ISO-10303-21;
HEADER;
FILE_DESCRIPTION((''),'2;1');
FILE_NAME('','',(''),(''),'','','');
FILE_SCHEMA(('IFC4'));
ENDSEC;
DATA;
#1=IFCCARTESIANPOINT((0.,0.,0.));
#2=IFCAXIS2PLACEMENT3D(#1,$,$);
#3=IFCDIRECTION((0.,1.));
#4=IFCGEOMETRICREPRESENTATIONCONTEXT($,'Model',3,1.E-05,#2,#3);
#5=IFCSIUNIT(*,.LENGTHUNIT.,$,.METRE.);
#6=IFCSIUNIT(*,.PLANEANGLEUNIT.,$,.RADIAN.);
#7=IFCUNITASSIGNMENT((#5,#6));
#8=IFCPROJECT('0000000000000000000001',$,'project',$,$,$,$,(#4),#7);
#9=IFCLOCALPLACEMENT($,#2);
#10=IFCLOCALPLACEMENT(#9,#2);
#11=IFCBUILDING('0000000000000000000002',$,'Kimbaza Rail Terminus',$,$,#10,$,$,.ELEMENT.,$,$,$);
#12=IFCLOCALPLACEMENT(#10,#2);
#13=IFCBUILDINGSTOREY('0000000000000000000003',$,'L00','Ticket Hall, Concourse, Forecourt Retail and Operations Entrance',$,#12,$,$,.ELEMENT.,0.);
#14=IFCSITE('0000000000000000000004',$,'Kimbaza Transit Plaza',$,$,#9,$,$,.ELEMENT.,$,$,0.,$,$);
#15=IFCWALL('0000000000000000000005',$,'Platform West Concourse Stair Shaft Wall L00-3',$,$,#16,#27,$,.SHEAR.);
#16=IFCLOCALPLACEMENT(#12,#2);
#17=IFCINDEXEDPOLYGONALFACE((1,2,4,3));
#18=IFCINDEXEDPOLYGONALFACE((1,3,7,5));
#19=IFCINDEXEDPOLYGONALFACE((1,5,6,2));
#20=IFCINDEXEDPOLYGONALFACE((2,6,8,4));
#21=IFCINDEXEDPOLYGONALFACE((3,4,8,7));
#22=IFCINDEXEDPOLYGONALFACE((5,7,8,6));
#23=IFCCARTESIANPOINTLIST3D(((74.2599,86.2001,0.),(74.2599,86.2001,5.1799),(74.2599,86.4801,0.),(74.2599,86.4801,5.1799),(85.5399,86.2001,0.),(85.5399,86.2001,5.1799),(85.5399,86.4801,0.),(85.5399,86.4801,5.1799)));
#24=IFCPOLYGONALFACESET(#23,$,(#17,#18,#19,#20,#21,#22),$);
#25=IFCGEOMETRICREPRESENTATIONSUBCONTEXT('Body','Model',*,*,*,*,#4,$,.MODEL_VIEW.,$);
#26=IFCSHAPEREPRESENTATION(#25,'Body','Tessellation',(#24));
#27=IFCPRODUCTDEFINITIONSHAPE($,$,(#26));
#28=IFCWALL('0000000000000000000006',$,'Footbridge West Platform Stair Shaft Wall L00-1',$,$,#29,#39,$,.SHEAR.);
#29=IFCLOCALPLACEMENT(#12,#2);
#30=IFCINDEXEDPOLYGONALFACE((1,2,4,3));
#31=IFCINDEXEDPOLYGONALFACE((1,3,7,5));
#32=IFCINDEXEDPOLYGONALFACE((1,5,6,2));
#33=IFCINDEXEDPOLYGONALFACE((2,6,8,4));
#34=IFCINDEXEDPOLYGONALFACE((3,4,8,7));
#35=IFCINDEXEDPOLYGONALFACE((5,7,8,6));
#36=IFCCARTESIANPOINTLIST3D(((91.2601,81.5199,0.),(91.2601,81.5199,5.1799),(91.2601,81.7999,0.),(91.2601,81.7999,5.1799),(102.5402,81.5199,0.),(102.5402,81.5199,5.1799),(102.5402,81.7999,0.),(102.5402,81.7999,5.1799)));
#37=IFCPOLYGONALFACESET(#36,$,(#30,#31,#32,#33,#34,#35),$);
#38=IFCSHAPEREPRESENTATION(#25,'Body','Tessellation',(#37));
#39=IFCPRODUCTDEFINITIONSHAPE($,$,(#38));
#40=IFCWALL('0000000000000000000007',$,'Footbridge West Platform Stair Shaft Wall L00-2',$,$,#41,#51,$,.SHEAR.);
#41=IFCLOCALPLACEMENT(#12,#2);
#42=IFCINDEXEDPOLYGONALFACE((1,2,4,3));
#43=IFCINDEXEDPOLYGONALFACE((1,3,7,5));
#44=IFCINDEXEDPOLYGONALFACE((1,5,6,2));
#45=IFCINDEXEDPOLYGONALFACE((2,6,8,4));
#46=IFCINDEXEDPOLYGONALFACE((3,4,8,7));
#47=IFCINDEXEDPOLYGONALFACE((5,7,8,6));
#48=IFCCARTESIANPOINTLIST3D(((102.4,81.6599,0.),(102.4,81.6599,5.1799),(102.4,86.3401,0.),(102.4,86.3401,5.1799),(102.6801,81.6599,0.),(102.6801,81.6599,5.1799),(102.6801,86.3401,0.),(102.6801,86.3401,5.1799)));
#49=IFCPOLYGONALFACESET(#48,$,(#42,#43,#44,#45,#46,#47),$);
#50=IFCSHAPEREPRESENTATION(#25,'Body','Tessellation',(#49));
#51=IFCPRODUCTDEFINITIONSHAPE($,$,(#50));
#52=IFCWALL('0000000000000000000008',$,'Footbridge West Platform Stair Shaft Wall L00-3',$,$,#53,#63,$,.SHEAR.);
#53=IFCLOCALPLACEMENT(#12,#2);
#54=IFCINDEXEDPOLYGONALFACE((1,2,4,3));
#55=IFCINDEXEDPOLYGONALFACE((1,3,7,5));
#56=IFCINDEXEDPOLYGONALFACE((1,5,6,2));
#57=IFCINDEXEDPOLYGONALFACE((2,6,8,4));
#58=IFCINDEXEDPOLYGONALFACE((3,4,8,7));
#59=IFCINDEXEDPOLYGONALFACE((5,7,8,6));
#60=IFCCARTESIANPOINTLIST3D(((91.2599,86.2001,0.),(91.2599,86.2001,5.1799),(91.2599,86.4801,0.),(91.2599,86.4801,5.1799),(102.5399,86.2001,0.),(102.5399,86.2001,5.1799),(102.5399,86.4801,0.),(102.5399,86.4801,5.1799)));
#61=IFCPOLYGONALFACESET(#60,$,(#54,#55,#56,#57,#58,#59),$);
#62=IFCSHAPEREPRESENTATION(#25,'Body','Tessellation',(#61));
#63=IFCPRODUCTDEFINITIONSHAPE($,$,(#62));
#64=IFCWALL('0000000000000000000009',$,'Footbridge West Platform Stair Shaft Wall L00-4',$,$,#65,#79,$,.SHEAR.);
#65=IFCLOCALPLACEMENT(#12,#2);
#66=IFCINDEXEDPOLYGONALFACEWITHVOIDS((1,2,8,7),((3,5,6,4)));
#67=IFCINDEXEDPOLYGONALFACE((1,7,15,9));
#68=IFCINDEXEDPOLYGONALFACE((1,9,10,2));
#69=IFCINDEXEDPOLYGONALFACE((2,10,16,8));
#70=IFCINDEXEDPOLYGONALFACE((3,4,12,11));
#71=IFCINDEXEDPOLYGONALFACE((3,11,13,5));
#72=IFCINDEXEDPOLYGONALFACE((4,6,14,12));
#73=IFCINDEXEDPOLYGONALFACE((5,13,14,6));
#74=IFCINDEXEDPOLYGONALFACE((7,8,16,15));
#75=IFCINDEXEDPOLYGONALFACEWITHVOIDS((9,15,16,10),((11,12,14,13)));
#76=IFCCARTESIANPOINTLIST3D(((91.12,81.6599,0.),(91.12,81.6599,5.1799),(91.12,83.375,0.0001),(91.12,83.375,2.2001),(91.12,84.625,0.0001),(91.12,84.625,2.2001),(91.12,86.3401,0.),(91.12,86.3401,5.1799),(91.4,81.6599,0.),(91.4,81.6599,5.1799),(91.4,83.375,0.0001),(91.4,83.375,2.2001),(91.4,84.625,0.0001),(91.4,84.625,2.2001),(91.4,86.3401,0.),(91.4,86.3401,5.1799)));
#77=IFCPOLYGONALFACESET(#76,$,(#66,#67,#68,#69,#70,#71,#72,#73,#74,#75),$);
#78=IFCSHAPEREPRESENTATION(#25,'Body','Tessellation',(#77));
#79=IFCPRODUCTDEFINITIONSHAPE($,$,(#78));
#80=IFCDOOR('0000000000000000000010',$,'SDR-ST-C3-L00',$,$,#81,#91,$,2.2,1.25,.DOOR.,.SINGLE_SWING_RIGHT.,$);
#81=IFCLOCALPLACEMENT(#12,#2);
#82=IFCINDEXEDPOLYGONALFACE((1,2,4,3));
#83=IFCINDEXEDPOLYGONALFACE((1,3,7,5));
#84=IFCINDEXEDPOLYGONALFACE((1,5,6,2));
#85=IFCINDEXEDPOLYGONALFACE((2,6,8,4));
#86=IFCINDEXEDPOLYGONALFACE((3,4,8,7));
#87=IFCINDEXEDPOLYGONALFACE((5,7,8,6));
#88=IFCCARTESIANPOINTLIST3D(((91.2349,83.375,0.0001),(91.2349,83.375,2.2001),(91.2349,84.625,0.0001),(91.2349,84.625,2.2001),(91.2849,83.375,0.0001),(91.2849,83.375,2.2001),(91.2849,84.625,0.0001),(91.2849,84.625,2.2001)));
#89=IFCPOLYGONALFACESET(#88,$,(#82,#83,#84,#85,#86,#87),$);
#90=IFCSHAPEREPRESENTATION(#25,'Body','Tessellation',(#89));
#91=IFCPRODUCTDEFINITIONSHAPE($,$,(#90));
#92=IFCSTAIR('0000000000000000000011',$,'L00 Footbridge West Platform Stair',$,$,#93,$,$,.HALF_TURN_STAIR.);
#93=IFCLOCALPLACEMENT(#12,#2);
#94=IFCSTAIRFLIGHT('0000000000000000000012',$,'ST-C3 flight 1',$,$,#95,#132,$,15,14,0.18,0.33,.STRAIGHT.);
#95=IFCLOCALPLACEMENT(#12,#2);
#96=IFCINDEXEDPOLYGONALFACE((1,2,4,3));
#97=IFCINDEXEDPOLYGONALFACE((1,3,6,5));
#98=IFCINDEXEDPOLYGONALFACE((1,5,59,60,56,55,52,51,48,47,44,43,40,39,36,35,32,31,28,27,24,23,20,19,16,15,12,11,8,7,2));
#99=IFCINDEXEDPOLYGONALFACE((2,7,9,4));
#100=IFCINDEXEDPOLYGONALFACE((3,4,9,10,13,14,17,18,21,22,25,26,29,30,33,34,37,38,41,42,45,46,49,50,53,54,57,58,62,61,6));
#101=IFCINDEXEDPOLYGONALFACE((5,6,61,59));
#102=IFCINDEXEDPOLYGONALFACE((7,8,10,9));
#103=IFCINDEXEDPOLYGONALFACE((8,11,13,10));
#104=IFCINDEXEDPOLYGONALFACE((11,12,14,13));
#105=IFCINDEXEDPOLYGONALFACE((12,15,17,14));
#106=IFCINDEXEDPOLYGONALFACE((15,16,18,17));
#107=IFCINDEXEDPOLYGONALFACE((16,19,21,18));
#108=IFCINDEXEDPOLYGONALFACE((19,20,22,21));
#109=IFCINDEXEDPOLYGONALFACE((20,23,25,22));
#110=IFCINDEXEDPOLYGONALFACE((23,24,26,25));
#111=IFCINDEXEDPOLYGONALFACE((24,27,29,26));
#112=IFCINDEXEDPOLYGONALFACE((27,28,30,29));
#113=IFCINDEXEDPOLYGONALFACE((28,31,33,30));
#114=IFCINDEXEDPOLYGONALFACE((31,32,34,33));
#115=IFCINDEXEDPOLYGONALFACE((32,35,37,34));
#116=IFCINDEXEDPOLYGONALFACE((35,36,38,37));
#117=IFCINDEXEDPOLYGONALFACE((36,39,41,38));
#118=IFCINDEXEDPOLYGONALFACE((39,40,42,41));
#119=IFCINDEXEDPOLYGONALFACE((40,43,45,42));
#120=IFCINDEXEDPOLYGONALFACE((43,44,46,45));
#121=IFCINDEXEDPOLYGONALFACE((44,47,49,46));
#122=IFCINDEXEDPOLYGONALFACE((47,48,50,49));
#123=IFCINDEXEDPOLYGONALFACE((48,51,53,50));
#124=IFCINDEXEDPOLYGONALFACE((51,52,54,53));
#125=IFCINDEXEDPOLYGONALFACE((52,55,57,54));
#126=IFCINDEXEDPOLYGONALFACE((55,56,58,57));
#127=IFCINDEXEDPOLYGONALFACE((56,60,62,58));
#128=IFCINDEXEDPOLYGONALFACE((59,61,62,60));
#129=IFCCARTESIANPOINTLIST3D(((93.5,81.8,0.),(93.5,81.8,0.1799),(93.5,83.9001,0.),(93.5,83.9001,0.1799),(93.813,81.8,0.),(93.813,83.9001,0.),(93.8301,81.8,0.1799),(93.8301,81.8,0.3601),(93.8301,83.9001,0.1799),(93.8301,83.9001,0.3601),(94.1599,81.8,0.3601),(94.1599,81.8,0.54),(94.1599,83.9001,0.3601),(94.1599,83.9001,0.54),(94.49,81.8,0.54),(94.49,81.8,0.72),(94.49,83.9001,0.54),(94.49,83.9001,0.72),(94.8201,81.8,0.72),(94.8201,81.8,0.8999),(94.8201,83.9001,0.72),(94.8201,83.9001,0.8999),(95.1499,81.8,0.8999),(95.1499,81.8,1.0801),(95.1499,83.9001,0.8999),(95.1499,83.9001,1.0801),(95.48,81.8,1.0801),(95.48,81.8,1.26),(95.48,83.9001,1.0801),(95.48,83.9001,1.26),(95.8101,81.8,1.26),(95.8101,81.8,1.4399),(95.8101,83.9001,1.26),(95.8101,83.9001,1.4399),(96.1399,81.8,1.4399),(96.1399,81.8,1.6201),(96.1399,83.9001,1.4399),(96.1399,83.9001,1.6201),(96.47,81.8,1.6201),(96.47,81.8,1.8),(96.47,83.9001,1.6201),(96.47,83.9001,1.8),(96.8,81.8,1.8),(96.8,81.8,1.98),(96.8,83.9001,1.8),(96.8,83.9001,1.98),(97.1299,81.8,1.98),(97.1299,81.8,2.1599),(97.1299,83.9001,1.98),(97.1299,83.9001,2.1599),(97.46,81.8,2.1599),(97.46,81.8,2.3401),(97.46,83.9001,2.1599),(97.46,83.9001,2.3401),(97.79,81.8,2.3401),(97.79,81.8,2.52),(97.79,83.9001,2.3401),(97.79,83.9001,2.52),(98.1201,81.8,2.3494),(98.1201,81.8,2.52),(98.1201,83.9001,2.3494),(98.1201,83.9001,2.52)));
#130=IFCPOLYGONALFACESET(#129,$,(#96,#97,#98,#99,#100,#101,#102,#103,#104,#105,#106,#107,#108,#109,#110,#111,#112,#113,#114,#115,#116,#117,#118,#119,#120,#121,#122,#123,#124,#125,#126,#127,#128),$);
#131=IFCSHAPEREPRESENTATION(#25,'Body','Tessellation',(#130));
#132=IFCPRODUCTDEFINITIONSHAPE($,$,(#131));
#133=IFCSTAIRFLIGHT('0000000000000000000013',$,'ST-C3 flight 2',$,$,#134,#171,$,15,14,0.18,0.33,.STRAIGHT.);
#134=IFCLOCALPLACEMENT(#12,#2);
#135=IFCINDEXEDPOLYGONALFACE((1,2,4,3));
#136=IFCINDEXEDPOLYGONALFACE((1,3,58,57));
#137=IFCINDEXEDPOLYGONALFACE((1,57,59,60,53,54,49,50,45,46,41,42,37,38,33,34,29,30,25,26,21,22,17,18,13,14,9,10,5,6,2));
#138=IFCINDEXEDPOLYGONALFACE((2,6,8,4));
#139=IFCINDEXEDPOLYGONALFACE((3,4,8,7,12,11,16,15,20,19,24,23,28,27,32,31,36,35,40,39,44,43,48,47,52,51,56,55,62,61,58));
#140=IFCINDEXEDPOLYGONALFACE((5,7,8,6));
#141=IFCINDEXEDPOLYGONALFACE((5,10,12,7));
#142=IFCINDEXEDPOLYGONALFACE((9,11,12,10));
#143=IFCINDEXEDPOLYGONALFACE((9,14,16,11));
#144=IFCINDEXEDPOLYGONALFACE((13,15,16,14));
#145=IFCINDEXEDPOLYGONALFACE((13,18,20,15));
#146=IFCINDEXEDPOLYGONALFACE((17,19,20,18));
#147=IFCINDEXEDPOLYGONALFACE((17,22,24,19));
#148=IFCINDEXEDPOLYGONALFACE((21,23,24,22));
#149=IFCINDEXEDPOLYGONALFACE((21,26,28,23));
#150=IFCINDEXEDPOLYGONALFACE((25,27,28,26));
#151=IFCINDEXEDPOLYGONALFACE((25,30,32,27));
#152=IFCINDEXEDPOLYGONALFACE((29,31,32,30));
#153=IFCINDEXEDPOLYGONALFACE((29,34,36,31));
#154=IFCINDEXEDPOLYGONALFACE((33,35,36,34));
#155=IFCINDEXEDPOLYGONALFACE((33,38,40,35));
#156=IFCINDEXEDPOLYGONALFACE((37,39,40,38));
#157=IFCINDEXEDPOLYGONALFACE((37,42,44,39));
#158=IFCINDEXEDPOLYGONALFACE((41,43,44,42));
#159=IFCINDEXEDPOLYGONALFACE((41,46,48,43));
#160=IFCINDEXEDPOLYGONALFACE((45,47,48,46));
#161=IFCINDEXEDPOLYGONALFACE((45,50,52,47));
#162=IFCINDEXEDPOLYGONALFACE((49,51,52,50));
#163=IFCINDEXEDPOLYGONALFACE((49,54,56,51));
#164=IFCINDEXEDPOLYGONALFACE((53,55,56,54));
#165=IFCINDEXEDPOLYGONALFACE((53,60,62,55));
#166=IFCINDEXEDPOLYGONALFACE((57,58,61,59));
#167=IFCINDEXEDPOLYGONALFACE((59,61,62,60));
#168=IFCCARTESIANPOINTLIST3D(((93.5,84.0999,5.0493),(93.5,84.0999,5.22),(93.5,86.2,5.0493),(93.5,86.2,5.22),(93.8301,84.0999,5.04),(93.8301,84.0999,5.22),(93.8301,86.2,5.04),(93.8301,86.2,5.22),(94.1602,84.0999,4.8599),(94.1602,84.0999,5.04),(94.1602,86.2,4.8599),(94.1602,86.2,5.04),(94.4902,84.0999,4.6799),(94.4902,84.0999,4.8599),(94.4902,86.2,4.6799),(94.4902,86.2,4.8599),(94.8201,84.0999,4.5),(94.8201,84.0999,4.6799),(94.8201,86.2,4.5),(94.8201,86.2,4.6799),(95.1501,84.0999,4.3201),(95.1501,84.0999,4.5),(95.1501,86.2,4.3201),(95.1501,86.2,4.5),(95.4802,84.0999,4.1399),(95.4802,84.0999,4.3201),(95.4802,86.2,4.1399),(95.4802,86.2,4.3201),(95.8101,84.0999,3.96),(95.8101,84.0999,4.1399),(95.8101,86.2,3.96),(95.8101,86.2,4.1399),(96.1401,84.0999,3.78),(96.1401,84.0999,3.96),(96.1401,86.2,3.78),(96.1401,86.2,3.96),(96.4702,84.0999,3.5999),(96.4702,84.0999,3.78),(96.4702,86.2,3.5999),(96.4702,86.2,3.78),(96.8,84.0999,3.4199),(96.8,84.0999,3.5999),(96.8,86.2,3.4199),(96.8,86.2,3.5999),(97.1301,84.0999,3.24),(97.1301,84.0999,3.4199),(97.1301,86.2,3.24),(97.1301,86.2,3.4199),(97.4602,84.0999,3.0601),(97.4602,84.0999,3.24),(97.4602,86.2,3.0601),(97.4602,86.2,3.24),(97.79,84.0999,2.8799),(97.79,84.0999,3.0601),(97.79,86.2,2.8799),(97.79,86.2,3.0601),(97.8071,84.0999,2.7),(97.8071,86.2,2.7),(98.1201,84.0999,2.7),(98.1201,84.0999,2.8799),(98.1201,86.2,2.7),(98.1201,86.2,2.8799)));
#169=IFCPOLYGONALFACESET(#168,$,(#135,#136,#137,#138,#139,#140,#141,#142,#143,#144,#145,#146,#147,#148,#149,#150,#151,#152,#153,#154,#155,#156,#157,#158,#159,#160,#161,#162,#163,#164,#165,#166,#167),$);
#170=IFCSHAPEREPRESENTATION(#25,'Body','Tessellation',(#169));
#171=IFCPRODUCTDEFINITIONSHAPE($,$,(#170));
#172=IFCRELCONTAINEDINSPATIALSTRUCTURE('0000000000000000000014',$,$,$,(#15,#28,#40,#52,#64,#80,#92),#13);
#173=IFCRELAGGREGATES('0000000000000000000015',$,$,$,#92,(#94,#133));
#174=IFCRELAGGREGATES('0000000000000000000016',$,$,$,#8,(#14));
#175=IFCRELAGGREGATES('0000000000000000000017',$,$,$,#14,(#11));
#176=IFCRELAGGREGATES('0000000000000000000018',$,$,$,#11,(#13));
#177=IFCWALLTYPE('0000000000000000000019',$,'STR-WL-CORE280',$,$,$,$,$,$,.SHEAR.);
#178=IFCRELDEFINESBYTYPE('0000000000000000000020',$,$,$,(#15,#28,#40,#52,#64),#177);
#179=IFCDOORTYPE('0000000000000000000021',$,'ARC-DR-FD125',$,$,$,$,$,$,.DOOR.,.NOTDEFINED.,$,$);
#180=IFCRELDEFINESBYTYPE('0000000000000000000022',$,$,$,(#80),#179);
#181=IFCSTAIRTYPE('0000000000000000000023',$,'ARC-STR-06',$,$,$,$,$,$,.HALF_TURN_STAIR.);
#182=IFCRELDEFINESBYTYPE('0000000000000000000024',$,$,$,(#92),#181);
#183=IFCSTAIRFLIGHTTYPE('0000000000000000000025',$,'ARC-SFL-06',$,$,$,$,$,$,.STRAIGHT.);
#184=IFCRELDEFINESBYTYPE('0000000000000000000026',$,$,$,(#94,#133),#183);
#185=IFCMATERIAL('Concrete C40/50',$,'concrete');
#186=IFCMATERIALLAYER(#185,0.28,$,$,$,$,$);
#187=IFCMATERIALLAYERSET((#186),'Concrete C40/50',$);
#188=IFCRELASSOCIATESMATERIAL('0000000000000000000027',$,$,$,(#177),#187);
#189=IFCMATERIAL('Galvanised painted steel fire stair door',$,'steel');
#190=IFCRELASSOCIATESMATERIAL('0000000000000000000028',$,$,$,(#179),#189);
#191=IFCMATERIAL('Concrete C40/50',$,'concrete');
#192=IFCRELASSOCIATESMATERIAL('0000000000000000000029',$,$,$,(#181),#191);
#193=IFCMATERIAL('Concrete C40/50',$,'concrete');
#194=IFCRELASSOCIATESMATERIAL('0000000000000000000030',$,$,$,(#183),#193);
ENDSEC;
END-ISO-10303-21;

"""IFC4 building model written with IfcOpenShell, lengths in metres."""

from ifc_helpers import new_model, si_unit, direction, frame, frame_2d, origin, place, context, subcontext, project, spatial, polyline, rectangle, outline, extrude, material, layer, layer_set, type_object, element, fill, aggregate, save


model = new_model("IFC4")

# Units and contexts
model_context = context("Model", 3, precision=1e-05, world=origin(), true_north=direction((0.0, 1.0)))
body_context = subcontext(model_context, "Body", "Model", "MODEL_VIEW")
ifc_project = project(units=[si_unit("LENGTHUNIT", "METRE"), si_unit("PLANEANGLEUNIT", "RADIAN")], contexts=[model_context])

# Site, building, storey
site_placement = place(None, origin())
site = spatial("IfcSite", under=ifc_project, at=site_placement, Name="Kimbaza Transit Plaza", CompositionType="ELEMENT", RefElevation=0.0)
building_placement = place(site_placement, origin())
building = spatial("IfcBuilding", under=site, at=building_placement, Name="Kimbaza Rail Terminus", CompositionType="ELEMENT")
storey_placement = place(building_placement, origin())
storey = spatial("IfcBuildingStorey", under=building, at=storey_placement, Name="L00", Description="Ticket Hall, Concourse, Forecourt Retail and Operations Entrance", CompositionType="ELEMENT", Elevation=0.0)

# Walls
ifc_material_1 = material(Name="Concrete C40/50", Category="concrete")
ifc_layer = layer(ifc_material_1, 0.28)
ifc_layer_set = layer_set([ifc_layer], Name="Concrete C40/50")
wall_type = type_object("IfcWallType", Name="STR-WL-CORE280", PredefinedType="SHEAR", material=ifc_layer_set)
for number, where, z_axis, x_axis, name in (
    (1, (85.54, 86.3401, 0.0), (0.0, 0.0, 1.0), (-1.0, 0.0, 0.0), "Platform West Concourse Stair Shaft Wall L00-3"),
    (2, (91.26, 81.6599, 0.0), (0.0, 0.0, 1.0), (1.0, 0.0, 0.0), "Footbridge West Platform Stair Shaft Wall L00-1"),
):
    element("IfcWall", number, at=place(storey_placement, frame(where, z_axis=z_axis, x_axis=x_axis)), inside=storey, type_object=wall_type, Name=name, PredefinedType="SHEAR", context=body_context, shape_type="SweptSolid", body=[
        extrude(rectangle(XDim=11.28, YDim=0.28, at=frame_2d((5.6401, 0.0))), origin(), (0.0, 0.0, 1.0), 5.1799),
    ])
wall_1_placement = place(storey_placement, frame((102.54, 81.6599, 0.0), z_axis=(0.0, 0.0, 1.0), x_axis=(0.0, 1.0, 0.0)))
element("IfcWall", 3, at=wall_1_placement, inside=storey, type_object=wall_type, Name="Footbridge West Platform Stair Shaft Wall L00-2", PredefinedType="SHEAR", context=body_context, shape_type="SweptSolid", body=[
    extrude(rectangle(XDim=4.6802, YDim=0.28, at=frame_2d((2.3401, 0.0))), origin(), (0.0, 0.0, 1.0), 5.1799),
])
wall_2_placement = place(storey_placement, frame((102.54, 86.3401, 0.0), z_axis=(0.0, 0.0, 1.0), x_axis=(-1.0, 0.0, 0.0)))
element("IfcWall", 4, at=wall_2_placement, inside=storey, type_object=wall_type, Name="Footbridge West Platform Stair Shaft Wall L00-3", PredefinedType="SHEAR", context=body_context, shape_type="SweptSolid", body=[
    extrude(rectangle(XDim=11.28, YDim=0.28, at=frame_2d((5.6401, 0.0))), origin(), (0.0, 0.0, 1.0), 5.1799),
])

# Wall, opening, door
wall_3_placement = place(storey_placement, frame((91.26, 86.3401, 0.0), z_axis=(0.0, 0.0, 1.0), x_axis=(0.0, -1.0, 0.0)))
wall_3 = element("IfcWall", 5, at=wall_3_placement, inside=storey, type_object=wall_type, Name="Footbridge West Platform Stair Shaft Wall L00-4", PredefinedType="SHEAR", context=body_context, shape_type="SweptSolid", body=[
    extrude(rectangle(XDim=4.6802, YDim=0.28, at=frame_2d((2.3401, 0.0))), origin(), (0.0, 0.0, 1.0), 5.1799),
])
opening_placement = place(wall_3_placement, frame((1.7151, 0.0, 0.0)))
opening = element("IfcOpeningElement", 6, at=opening_placement, cuts=wall_3, PredefinedType="OPENING", context=body_context, shape_type="SweptSolid", body=[
    extrude(rectangle(XDim=1.25, YDim=2.2, at=frame_2d((0.625, 1.1001))), frame((0.0, 0.1499, 0.0), z_axis=(0.0, -1.0, 0.0), x_axis=(1.0, 0.0, 0.0)), (0.0, 0.0, 1.0), 0.3),
])
ifc_material_2 = material(Name="Galvanised painted steel fire stair door", Category="steel")
door_type = type_object("IfcDoorType", Name="ARC-DR-FD125", OperationType="NOTDEFINED", PredefinedType="DOOR", material=ifc_material_2)
door_placement = place(opening_placement, origin())
door = element("IfcDoor", 7, at=door_placement, inside=storey, type_object=door_type, Name="SDR-ST-C3-L00", OperationType="SINGLE_SWING_RIGHT", OverallHeight=2.2, OverallWidth=1.25, PredefinedType="DOOR", context=body_context, shape_type="SweptSolid", body=[
    extrude(rectangle(XDim=1.25, YDim=2.2, at=frame_2d((0.625, 1.1001))), frame((0.0, 0.0249, 0.0), z_axis=(0.0, -1.0, 0.0), x_axis=(1.0, 0.0, 0.0)), (0.0, 0.0, 1.0), 0.05),
])
fill(opening, door)

# Stair, stair flights
ifc_material_3 = material(Name="Concrete C40/50", Category="concrete")
stair_type = type_object("IfcStairType", Name="ARC-STR-06", PredefinedType="HALF_TURN_STAIR", material=ifc_material_3)
stair_placement = place(storey_placement, origin())
stair = element("IfcStair", 8, at=stair_placement, inside=storey, type_object=stair_type, Name="L00 Footbridge West Platform Stair", PredefinedType="HALF_TURN_STAIR")
ifc_material_4 = material(Name="Concrete C40/50", Category="concrete")
stair_flight_type = type_object("IfcStairFlightType", Name="ARC-SFL-06", PredefinedType="STRAIGHT", material=ifc_material_4)
stair_flight_1_placement = place(storey_placement, frame((93.5, 82.8501, 0.0), z_axis=(0.0, 0.0, 1.0), x_axis=(1.0, 0.0, 0.0)))
stair_flight_1 = element("IfcStairFlight", 9, at=stair_flight_1_placement, type_object=stair_flight_type, Name="ST-C3 flight 1", NumberOfRisers=15, NumberOfTreads=14, PredefinedType="STRAIGHT", RiserHeight=0.18, TreadLength=0.33, context=body_context, shape_type="SweptSolid", body=[
    extrude(outline(polyline([(0.0, 0.0), (0.0, 0.1799), (0.3301, 0.1799), (0.3301, 0.3601), (0.6599, 0.3601), (0.6599, 0.54), (0.99, 0.54), (0.99, 0.72), (1.3201, 0.72), (1.3201, 0.8999), (1.6499, 0.8999), (1.6499, 1.0801), (1.98, 1.0801), (1.98, 1.26), (2.3101, 1.26), (2.3101, 1.4399), (2.6399, 1.4399), (2.6399, 1.6201), (2.97, 1.6201), (2.97, 1.8), (3.3, 1.8), (3.3, 1.98), (3.6299, 1.98), (3.6299, 2.1599), (3.96, 2.1599), (3.96, 2.3401), (4.29, 2.3401), (4.29, 2.52), (4.6201, 2.52), (4.6201, 2.7), (4.6201, 2.3494), (0.313, 0.0), (0.0, 0.0)])), frame((0.0, 1.05, 0.0), z_axis=(0.0, -1.0, 0.0), x_axis=(1.0, 0.0, 0.0)), (0.0, 0.0, 1.0), 2.1001),
])
stair_flight_2_placement = place(storey_placement, frame((98.1201, 85.1499, 2.7), z_axis=(0.0, 0.0, 1.0), x_axis=(-1.0, 0.0, 0.0)))
stair_flight_2 = element("IfcStairFlight", 10, at=stair_flight_2_placement, type_object=stair_flight_type, Name="ST-C3 flight 2", NumberOfRisers=15, NumberOfTreads=14, PredefinedType="STRAIGHT", RiserHeight=0.18, TreadLength=0.33, context=body_context, shape_type="SweptSolid", body=[
    extrude(outline(polyline([(0.0, 0.0), (0.0, 0.1799), (0.3301, 0.1799), (0.3301, 0.3601), (0.6599, 0.3601), (0.6599, 0.54), (0.99, 0.54), (0.99, 0.72), (1.3201, 0.72), (1.3201, 0.8999), (1.6499, 0.8999), (1.6499, 1.0801), (1.98, 1.0801), (1.98, 1.26), (2.3101, 1.26), (2.3101, 1.4399), (2.6399, 1.4399), (2.6399, 1.6201), (2.97, 1.6201), (2.97, 1.8), (3.3, 1.8), (3.3, 1.98), (3.6299, 1.98), (3.6299, 2.1599), (3.96, 2.1599), (3.96, 2.3401), (4.29, 2.3401), (4.29, 2.52), (4.6201, 2.52), (4.6201, 2.7), (4.6201, 2.3494), (0.313, 0.0), (0.0, 0.0)])), frame((0.0, 1.05, 0.0), z_axis=(0.0, -1.0, 0.0), x_axis=(1.0, 0.0, 0.0)), (0.0, 0.0, 1.0), 2.1001),
])
aggregate(stair, [stair_flight_1, stair_flight_2])

save(model, "model.ifc")
